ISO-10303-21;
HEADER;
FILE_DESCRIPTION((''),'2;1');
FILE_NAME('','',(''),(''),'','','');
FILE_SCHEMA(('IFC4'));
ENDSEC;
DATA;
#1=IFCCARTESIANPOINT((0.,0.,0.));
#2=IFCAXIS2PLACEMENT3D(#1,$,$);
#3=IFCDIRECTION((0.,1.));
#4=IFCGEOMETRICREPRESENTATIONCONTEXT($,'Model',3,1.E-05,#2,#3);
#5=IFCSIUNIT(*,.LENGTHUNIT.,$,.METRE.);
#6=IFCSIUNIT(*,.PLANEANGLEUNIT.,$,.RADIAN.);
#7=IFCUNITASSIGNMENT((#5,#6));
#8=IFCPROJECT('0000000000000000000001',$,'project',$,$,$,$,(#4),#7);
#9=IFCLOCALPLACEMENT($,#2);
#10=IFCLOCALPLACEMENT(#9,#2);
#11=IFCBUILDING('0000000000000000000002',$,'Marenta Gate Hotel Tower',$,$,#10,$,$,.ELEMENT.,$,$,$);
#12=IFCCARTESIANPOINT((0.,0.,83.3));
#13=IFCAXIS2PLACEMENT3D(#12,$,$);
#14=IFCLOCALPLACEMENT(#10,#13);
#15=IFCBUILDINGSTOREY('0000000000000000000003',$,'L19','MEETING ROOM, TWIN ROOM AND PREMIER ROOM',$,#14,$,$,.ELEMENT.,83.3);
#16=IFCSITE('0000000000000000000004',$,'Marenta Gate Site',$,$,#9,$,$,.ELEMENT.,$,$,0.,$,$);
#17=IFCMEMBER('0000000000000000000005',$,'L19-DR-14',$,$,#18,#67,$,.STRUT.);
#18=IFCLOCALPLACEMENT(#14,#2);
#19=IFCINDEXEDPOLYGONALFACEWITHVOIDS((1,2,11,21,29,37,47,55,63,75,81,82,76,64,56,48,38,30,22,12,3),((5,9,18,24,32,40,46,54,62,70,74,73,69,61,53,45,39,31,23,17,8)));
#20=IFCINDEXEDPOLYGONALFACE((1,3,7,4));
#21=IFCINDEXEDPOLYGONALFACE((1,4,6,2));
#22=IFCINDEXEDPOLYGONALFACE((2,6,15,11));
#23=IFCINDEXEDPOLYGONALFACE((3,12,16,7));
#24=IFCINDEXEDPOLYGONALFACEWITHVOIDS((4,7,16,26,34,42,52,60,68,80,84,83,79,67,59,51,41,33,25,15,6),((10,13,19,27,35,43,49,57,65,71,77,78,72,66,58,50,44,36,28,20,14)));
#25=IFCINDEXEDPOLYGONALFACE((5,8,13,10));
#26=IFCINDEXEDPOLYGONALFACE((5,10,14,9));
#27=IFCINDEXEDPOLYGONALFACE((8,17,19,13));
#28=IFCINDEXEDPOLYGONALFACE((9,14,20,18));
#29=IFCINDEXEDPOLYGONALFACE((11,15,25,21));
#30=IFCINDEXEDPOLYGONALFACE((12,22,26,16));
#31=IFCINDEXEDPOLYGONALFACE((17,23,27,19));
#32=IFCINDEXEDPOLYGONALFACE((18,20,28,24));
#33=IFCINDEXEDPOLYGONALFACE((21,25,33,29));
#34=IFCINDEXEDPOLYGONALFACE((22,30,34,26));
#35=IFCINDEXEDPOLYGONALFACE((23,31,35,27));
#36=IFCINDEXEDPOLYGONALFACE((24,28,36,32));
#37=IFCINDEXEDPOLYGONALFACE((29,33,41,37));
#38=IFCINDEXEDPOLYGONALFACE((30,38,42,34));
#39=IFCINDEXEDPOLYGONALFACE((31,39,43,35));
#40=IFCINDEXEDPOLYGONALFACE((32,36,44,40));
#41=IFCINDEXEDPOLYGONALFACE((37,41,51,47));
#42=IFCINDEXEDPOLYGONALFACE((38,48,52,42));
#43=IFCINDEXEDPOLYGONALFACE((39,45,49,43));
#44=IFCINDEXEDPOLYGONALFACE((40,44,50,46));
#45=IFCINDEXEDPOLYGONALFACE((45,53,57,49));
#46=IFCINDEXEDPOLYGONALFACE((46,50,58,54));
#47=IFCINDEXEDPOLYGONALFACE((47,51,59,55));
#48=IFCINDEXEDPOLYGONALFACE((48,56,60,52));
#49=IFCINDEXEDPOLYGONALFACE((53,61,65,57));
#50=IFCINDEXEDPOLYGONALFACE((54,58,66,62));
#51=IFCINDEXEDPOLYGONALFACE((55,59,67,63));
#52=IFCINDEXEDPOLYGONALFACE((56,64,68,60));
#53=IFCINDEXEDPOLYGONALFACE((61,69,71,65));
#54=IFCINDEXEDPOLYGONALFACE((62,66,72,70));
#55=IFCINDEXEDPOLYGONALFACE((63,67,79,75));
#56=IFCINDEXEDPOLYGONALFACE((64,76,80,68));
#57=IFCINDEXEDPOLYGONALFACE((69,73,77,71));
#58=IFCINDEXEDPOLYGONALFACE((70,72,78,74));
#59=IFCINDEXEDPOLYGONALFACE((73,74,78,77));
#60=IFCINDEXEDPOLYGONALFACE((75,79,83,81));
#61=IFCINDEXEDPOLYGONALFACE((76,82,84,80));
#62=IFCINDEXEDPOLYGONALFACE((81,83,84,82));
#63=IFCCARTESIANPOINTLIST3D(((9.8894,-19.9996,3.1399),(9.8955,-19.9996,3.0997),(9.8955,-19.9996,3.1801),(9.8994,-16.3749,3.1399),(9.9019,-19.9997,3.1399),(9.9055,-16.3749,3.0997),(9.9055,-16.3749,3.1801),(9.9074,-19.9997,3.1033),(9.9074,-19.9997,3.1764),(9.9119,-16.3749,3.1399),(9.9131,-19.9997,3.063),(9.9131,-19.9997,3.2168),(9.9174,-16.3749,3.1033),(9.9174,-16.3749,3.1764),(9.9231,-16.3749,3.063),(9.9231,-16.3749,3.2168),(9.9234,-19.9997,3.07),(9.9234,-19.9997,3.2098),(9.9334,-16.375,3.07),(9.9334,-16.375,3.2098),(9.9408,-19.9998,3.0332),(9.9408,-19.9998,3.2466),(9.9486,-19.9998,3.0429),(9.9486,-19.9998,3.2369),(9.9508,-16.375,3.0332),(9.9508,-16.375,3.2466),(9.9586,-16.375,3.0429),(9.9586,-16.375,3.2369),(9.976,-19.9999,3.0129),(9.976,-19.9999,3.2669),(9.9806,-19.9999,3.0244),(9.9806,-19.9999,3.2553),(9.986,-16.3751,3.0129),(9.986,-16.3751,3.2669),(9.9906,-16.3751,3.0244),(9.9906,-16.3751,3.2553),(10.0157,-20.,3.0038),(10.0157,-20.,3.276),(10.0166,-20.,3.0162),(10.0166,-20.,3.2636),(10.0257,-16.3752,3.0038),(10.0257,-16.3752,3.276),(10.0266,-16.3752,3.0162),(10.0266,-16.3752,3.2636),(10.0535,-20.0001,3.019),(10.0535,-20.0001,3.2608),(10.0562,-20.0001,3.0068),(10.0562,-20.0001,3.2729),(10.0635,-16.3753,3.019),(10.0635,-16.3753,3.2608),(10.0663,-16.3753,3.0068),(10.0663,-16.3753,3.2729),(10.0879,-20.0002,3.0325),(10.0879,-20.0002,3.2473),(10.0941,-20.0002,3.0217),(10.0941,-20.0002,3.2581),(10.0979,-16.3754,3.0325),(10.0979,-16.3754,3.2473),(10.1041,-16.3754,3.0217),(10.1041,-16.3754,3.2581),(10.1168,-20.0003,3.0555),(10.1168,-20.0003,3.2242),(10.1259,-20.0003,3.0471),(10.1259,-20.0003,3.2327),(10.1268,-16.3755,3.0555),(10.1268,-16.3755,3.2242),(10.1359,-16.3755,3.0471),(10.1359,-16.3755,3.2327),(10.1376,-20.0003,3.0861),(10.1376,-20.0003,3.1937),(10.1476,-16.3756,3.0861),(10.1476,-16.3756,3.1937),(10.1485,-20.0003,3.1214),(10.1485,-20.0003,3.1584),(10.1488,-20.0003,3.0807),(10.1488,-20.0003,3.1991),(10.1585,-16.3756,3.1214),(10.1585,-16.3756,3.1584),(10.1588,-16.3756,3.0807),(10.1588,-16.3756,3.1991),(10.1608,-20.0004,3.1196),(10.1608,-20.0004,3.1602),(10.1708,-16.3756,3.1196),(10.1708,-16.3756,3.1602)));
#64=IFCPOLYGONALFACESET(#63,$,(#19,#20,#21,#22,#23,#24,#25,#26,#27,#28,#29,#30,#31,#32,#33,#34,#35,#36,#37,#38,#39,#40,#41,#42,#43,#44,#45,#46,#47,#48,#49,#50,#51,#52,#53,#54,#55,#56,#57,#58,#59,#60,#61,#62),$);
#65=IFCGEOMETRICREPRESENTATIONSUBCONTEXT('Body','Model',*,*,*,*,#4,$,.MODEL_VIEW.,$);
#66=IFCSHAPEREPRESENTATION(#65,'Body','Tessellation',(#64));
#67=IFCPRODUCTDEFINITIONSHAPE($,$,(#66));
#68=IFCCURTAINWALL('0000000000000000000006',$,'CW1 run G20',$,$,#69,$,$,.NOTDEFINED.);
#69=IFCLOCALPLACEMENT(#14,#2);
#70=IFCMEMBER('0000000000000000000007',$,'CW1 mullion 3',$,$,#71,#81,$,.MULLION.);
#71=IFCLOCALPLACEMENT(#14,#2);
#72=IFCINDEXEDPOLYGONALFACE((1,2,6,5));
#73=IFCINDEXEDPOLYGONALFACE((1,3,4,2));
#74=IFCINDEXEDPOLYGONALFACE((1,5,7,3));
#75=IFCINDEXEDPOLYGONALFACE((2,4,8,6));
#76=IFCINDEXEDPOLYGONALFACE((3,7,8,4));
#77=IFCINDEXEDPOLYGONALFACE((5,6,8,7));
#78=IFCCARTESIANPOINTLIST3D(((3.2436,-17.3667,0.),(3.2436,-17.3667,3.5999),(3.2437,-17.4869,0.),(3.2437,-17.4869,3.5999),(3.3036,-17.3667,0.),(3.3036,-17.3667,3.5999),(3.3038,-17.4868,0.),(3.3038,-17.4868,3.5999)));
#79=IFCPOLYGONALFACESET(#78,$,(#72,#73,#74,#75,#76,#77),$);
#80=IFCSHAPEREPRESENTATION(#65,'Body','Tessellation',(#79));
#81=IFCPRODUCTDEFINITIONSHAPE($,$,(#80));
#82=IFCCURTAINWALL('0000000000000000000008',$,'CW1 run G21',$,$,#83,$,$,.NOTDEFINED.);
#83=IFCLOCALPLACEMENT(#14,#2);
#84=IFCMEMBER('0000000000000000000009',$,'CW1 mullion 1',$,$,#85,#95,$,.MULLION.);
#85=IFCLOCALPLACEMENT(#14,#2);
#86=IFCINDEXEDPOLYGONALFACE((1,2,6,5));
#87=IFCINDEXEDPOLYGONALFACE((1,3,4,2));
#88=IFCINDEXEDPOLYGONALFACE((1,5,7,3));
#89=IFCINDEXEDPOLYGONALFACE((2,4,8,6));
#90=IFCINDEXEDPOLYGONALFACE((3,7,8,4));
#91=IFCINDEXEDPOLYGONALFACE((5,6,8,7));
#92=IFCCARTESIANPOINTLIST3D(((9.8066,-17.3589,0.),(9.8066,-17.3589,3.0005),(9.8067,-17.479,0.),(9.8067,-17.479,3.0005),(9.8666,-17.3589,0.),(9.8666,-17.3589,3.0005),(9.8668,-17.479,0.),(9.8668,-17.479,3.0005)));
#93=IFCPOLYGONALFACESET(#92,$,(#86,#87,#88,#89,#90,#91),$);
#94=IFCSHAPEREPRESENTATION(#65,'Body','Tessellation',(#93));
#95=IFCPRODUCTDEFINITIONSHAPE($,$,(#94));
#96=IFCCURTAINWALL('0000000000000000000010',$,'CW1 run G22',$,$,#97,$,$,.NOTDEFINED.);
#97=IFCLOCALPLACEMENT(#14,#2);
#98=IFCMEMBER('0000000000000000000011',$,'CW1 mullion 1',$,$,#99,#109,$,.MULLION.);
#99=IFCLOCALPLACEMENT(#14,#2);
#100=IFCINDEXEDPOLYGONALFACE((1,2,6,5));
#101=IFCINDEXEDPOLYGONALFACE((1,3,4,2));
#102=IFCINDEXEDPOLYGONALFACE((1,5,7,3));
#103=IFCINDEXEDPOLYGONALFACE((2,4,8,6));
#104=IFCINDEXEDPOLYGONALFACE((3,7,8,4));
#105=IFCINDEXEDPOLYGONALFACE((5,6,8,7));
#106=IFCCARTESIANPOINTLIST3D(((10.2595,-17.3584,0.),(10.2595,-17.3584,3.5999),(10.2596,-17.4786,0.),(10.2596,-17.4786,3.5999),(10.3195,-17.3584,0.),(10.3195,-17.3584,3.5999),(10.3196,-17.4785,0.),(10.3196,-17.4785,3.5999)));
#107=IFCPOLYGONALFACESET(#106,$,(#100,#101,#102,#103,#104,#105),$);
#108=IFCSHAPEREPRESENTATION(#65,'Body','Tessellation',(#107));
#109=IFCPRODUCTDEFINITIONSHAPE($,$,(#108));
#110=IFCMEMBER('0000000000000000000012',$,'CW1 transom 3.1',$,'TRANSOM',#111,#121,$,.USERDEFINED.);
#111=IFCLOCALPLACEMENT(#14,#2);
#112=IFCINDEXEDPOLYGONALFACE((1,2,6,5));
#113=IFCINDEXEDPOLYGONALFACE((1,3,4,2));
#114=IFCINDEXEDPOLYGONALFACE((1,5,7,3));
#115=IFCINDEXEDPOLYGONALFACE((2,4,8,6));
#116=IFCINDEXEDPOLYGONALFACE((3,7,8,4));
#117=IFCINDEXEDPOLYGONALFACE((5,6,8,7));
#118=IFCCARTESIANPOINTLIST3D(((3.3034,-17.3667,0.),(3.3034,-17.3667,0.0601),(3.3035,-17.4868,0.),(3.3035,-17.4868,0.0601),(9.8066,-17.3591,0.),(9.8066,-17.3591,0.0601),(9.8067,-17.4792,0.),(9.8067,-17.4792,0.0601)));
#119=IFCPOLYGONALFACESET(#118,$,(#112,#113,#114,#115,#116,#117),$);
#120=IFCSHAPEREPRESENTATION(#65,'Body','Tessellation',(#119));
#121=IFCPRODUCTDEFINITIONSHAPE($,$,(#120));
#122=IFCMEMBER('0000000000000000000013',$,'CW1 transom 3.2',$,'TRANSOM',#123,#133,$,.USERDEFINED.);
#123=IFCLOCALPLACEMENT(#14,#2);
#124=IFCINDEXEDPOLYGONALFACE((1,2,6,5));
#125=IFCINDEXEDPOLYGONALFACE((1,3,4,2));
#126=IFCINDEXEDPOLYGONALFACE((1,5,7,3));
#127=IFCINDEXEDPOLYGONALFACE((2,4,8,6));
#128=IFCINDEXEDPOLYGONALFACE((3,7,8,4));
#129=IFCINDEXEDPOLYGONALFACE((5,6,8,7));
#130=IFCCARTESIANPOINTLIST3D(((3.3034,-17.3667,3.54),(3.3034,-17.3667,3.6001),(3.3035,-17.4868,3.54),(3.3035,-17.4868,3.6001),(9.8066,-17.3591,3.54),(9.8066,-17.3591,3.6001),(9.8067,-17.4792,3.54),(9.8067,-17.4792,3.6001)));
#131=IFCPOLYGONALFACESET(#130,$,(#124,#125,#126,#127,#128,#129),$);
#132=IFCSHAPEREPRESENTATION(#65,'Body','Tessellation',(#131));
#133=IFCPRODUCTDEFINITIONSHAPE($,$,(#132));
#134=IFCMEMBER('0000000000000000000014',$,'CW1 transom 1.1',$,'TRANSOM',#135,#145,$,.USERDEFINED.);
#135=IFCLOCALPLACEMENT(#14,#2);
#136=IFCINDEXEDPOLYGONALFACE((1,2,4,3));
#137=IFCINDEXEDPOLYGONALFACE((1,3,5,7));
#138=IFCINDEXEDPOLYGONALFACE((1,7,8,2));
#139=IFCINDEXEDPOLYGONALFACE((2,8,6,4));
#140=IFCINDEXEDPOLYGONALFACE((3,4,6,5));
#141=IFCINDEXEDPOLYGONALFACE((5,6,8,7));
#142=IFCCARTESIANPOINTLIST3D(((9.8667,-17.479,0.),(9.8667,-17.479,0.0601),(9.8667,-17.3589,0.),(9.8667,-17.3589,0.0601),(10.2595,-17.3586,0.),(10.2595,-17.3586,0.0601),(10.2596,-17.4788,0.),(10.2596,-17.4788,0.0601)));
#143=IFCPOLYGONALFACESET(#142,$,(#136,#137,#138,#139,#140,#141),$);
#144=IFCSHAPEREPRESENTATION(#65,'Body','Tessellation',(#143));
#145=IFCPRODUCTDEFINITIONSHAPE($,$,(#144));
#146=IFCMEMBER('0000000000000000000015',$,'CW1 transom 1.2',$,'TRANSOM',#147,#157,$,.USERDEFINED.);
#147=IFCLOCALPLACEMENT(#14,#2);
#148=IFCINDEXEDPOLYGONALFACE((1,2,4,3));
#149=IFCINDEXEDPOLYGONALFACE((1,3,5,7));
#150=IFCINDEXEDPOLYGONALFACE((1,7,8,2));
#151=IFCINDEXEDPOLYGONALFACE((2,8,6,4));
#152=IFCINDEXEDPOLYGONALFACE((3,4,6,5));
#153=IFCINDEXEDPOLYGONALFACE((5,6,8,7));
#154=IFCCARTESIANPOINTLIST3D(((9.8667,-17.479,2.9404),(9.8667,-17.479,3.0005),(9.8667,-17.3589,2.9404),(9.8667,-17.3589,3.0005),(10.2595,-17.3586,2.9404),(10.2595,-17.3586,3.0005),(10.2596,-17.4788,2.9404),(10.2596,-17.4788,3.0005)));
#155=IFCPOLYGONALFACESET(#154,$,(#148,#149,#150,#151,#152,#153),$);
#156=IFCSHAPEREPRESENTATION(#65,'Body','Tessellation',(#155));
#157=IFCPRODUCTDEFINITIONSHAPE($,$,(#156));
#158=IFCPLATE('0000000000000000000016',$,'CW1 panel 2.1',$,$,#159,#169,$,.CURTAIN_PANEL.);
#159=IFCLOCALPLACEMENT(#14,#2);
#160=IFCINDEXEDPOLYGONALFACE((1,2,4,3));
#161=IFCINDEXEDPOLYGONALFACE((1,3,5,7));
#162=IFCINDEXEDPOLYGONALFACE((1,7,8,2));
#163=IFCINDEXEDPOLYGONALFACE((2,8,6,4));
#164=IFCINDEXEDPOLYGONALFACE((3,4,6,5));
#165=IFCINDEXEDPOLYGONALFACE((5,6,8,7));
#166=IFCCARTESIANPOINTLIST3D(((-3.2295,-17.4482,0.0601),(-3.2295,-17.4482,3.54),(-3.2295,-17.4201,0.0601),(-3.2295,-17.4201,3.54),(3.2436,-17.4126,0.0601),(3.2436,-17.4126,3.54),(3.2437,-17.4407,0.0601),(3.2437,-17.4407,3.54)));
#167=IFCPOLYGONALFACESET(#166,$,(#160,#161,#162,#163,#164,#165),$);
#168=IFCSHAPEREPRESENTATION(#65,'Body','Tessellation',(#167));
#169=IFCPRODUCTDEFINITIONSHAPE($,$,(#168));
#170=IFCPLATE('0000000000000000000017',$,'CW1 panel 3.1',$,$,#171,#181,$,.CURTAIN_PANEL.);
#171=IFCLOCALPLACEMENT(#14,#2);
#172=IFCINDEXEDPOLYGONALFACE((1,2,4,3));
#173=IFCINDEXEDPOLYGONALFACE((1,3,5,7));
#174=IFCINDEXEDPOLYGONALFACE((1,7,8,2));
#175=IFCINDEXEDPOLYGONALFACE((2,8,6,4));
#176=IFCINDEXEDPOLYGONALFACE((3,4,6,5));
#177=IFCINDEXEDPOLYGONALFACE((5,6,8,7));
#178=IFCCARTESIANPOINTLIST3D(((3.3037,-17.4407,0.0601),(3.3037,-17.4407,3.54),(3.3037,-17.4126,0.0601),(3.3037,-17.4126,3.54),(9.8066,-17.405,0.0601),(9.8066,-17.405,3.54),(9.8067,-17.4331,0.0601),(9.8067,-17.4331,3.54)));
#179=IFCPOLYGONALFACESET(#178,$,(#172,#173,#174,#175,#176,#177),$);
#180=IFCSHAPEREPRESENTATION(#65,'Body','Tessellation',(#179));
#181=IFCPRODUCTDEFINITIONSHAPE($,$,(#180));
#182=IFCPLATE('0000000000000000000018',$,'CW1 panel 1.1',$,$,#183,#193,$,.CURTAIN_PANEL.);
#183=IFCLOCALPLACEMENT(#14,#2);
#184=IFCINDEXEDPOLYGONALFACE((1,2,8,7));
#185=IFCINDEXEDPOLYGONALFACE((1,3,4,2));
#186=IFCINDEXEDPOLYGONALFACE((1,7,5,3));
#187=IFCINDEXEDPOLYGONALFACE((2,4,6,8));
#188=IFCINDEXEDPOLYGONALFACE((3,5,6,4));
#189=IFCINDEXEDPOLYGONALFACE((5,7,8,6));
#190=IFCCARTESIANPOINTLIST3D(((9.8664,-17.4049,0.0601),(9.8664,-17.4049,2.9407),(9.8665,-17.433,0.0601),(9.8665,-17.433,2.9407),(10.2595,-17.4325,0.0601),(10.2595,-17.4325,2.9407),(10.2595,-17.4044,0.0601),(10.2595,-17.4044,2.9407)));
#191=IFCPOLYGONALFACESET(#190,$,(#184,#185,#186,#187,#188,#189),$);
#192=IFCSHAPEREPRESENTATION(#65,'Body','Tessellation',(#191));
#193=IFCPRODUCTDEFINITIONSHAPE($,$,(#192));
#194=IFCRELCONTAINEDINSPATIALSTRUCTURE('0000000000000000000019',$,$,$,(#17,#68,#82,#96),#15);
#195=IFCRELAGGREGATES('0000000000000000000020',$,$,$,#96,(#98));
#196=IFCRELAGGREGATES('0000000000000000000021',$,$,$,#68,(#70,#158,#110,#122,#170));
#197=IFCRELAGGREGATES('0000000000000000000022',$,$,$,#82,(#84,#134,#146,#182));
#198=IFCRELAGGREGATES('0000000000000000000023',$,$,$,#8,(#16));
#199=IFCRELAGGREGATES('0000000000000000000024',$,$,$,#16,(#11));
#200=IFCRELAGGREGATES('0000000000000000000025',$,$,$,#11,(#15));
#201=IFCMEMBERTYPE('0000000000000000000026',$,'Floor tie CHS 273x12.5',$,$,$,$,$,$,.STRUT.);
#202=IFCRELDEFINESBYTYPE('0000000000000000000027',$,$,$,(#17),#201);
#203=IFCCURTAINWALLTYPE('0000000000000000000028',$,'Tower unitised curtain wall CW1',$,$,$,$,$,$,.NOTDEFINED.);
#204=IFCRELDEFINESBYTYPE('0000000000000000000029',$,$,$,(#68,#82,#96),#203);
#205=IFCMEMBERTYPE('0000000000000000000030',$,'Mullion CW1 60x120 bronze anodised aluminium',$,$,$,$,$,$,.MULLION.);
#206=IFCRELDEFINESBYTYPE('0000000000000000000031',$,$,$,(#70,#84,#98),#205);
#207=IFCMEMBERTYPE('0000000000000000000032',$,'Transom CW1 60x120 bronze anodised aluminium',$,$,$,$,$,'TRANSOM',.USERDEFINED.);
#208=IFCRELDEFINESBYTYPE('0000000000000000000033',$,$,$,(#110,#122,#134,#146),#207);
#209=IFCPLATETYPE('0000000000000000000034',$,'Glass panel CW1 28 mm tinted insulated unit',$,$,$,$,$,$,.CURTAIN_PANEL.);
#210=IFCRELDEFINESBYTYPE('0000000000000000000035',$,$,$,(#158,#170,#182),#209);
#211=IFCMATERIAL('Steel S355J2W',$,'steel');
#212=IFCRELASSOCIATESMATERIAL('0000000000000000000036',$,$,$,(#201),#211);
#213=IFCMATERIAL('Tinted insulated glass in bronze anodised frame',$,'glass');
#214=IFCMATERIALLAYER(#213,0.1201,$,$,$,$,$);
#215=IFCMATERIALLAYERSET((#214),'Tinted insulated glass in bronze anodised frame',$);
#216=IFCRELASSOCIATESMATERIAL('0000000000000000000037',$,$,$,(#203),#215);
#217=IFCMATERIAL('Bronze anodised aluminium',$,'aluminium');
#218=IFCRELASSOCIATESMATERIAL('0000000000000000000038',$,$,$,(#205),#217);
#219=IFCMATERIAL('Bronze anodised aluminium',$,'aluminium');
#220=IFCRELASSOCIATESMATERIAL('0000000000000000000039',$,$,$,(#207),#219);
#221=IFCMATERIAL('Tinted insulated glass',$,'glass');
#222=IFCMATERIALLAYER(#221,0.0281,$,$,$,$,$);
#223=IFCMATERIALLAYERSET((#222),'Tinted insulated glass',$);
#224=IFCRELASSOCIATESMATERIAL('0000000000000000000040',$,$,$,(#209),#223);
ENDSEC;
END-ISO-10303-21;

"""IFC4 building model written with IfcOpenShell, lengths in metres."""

from ifc_helpers import new_model, si_unit, direction, frame, origin, origin_2d, place, context, subcontext, project, spatial, rectangle, hollow_circle, extrude, material, layer, layer_set, material_profile, profile_set, type_object, element, aggregate, save


model = new_model("IFC4")

# Units and contexts
model_context = context("Model", 3, precision=1e-05, world=origin(), true_north=direction((0.0, 1.0)))
body_context = subcontext(model_context, "Body", "Model", "MODEL_VIEW")
ifc_project = project(units=[si_unit("LENGTHUNIT", "METRE"), si_unit("PLANEANGLEUNIT", "RADIAN")], contexts=[model_context])

# Site, building, storey
site_placement = place(None, origin())
site = spatial("IfcSite", under=ifc_project, at=site_placement, Name="Marenta Gate Site", CompositionType="ELEMENT", RefElevation=0.0)
building_placement = place(site_placement, origin())
building = spatial("IfcBuilding", under=site, at=building_placement, Name="Marenta Gate Hotel Tower", CompositionType="ELEMENT")
storey_placement = place(building_placement, frame((0.0, 0.0, 83.3)))
storey = spatial("IfcBuildingStorey", under=building, at=storey_placement, Name="L19", Description="MEETING ROOM, TWIN ROOM AND PREMIER ROOM", CompositionType="ELEMENT", Elevation=83.3)

# Member
ifc_material_1 = material(Name="Steel S355J2W", Category="steel")
ifc_material_profile_1 = material_profile(ifc_material_1, hollow_circle(Radius=0.1365, WallThickness=0.0125, at=origin_2d()), Name="CHS 273x12.5")
ifc_profile_set_1 = profile_set([ifc_material_profile_1], Name="Steel S355J2W")
member_type_1 = type_object("IfcMemberType", Name="Floor tie CHS 273x12.5", PredefinedType="STRUT", material=ifc_profile_set_1)
member_1_placement = place(storey_placement, frame((10.0259, -20.0, 3.1399), z_axis=(0.002761, 0.999996, 0.0), x_axis=(-0.999996, 0.002761, 0.0)))
element("IfcMember", 1, at=member_1_placement, inside=storey, type_object=member_type_1, Name="L19-DR-14", PredefinedType="STRUT", context=body_context, shape_type="SweptSolid", body=[
    extrude(hollow_circle(Radius=0.1365, WallThickness=0.0125, at=origin_2d()), origin(), (0.0, 0.0, 1.0), 3.6248),
])

# Curtain walls, members
ifc_material_2 = material(Name="Tinted insulated glass in bronze anodised frame", Category="glass")
ifc_layer_1 = layer(ifc_material_2, 0.1201)
ifc_layer_set_1 = layer_set([ifc_layer_1], Name="Tinted insulated glass in bronze anodised frame")
curtain_wall_type = type_object("IfcCurtainWallType", Name="Tower unitised curtain wall CW1", PredefinedType="NOTDEFINED", material=ifc_layer_set_1)
curtain_wall_1_placement = place(storey_placement, origin())
curtain_wall_1 = element("IfcCurtainWall", 2, at=curtain_wall_1_placement, inside=storey, type_object=curtain_wall_type, Name="CW1 run G20", PredefinedType="NOTDEFINED")
ifc_material_3 = material(Name="Bronze anodised aluminium", Category="aluminium")
ifc_material_profile_2 = material_profile(ifc_material_3, rectangle(XDim=0.1201, YDim=0.0601, at=origin_2d()), Name="Mullion CW1 60x120 bronze anodised aluminium")
ifc_profile_set_2 = profile_set([ifc_material_profile_2], Name="Bronze anodised aluminium")
member_type_2 = type_object("IfcMemberType", Name="Mullion CW1 60x120 bronze anodised aluminium", PredefinedType="MULLION", material=ifc_profile_set_2)
member_2_placement = place(storey_placement, frame((3.2737, -17.4268, 0.0), z_axis=(0.0, 0.0, 1.0), x_axis=(-0.001163, 0.999999, 0.0)))
member_2 = element("IfcMember", 3, at=member_2_placement, type_object=member_type_2, Name="CW1 mullion 3", PredefinedType="MULLION", context=body_context, shape_type="SweptSolid", body=[
    extrude(rectangle(XDim=0.1201, YDim=0.0601, at=origin_2d()), origin(), (0.0, 0.0, 1.0), 3.5999),
])
curtain_wall_2_placement = place(storey_placement, origin())
curtain_wall_2 = element("IfcCurtainWall", 4, at=curtain_wall_2_placement, inside=storey, type_object=curtain_wall_type, Name="CW1 run G21", PredefinedType="NOTDEFINED")
member_3_placement = place(storey_placement, frame((9.8367, -17.4189, 0.0), z_axis=(0.0, 0.0, 1.0), x_axis=(-0.001104, 0.999999, 0.0)))
member_3 = element("IfcMember", 5, at=member_3_placement, type_object=member_type_2, Name="CW1 mullion 1", PredefinedType="MULLION", context=body_context, shape_type="SweptSolid", body=[
    extrude(rectangle(XDim=0.1201, YDim=0.0601, at=origin_2d()), origin(), (0.0, 0.0, 1.0), 3.0005),
])
curtain_wall_3_placement = place(storey_placement, origin())
curtain_wall_3 = element("IfcCurtainWall", 6, at=curtain_wall_3_placement, inside=storey, type_object=curtain_wall_type, Name="CW1 run G22", PredefinedType="NOTDEFINED")
member_4_placement = place(storey_placement, frame((10.2896, -17.4185, 0.0), z_axis=(0.0, 0.0, 1.0), x_axis=(-0.001162, 0.999999, 0.0)))
member_4 = element("IfcMember", 7, at=member_4_placement, type_object=member_type_2, Name="CW1 mullion 1", PredefinedType="MULLION", context=body_context, shape_type="SweptSolid", body=[
    extrude(rectangle(XDim=0.1201, YDim=0.0601, at=origin_2d()), origin(), (0.0, 0.0, 1.0), 3.5999),
])
aggregate(curtain_wall_3, [member_4])

# Members
ifc_material_4 = material(Name="Bronze anodised aluminium", Category="aluminium")
ifc_material_profile_3 = material_profile(ifc_material_4, rectangle(XDim=0.1201, YDim=0.0601, at=origin_2d()), Name="Transom CW1 60x120 bronze anodised aluminium")
ifc_profile_set_3 = profile_set([ifc_material_profile_3], Name="Bronze anodised aluminium")
member_type_3 = type_object("IfcMemberType", Name="Transom CW1 60x120 bronze anodised aluminium", ElementType="TRANSOM", PredefinedType="USERDEFINED", material=ifc_profile_set_3)
member_5_placement = place(storey_placement, frame((3.3035, -17.4268, 0.03), z_axis=(0.999999, 0.001164, 0.0), x_axis=(-0.001164, 0.999999, 0.0)))
member_5 = element("IfcMember", 8, at=member_5_placement, type_object=member_type_3, Name="CW1 transom 3.1", ObjectType="TRANSOM", PredefinedType="USERDEFINED", context=body_context, shape_type="SweptSolid", body=[
    extrude(rectangle(XDim=0.1201, YDim=0.0601, at=origin_2d()), origin(), (0.0, 0.0, 1.0), 6.5032),
])
member_6_placement = place(storey_placement, frame((3.3035, -17.4268, 3.5701), z_axis=(0.999999, 0.001164, 0.0), x_axis=(-0.001164, 0.999999, 0.0)))
member_6 = element("IfcMember", 9, at=member_6_placement, type_object=member_type_3, Name="CW1 transom 3.2", ObjectType="TRANSOM", PredefinedType="USERDEFINED", context=body_context, shape_type="SweptSolid", body=[
    extrude(rectangle(XDim=0.1201, YDim=0.0601, at=origin_2d()), origin(), (0.0, 0.0, 1.0), 6.5032),
])
member_7_placement = place(storey_placement, frame((9.8667, -17.4189, 0.03), z_axis=(1.0, 0.000622, 0.0), x_axis=(-0.000622, 1.0, 0.0)))
member_7 = element("IfcMember", 10, at=member_7_placement, type_object=member_type_3, Name="CW1 transom 1.1", ObjectType="TRANSOM", PredefinedType="USERDEFINED", context=body_context, shape_type="SweptSolid", body=[
    extrude(rectangle(XDim=0.1201, YDim=0.0601, at=origin_2d()), origin(), (0.0, 0.0, 1.0), 0.3928),
])
member_8_placement = place(storey_placement, frame((9.8667, -17.4189, 2.9705), z_axis=(1.0, 0.000622, 0.0), x_axis=(-0.000622, 1.0, 0.0)))
member_8 = element("IfcMember", 11, at=member_8_placement, type_object=member_type_3, Name="CW1 transom 1.2", ObjectType="TRANSOM", PredefinedType="USERDEFINED", context=body_context, shape_type="SweptSolid", body=[
    extrude(rectangle(XDim=0.1201, YDim=0.0601, at=origin_2d()), origin(), (0.0, 0.0, 1.0), 0.3928),
])

# Plates
ifc_material_5 = material(Name="Tinted insulated glass", Category="glass")
ifc_layer_2 = layer(ifc_material_5, 0.0281)
ifc_layer_set_2 = layer_set([ifc_layer_2], Name="Tinted insulated glass")
plate_type = type_object("IfcPlateType", Name="Glass panel CW1 28 mm tinted insulated unit", PredefinedType="CURTAIN_PANEL", material=ifc_layer_set_2)
plate_1_placement = place(storey_placement, frame((0.0071, -17.4304, 0.0601), z_axis=(0.0, 0.0, 1.0), x_axis=(0.999999, 0.001163, 0.0)))
plate_1 = element("IfcPlate", 12, at=plate_1_placement, type_object=plate_type, Name="CW1 panel 2.1", PredefinedType="CURTAIN_PANEL", context=body_context, shape_type="SweptSolid", body=[
    extrude(rectangle(XDim=6.4731, YDim=0.0281, at=origin_2d()), origin(), (0.0, 0.0, 1.0), 3.48),
])
plate_2_placement = place(storey_placement, frame((6.5552, -17.4229, 0.0601), z_axis=(0.0, 0.0, 1.0), x_axis=(0.999999, 0.001163, 0.0)))
plate_2 = element("IfcPlate", 13, at=plate_2_placement, type_object=plate_type, Name="CW1 panel 3.1", PredefinedType="CURTAIN_PANEL", context=body_context, shape_type="SweptSolid", body=[
    extrude(rectangle(XDim=6.5029, YDim=0.0281, at=origin_2d()), origin(), (0.0, 0.0, 1.0), 3.48),
])
aggregate(curtain_wall_1, [member_2, plate_1, member_5, member_6, plate_2])
plate_3_placement = place(storey_placement, frame((10.063, -17.4187, 0.0601), z_axis=(0.0, 0.0, 1.0), x_axis=(0.999999, 0.001104, 0.0)))
plate_3 = element("IfcPlate", 14, at=plate_3_placement, type_object=plate_type, Name="CW1 panel 1.1", PredefinedType="CURTAIN_PANEL", context=body_context, shape_type="SweptSolid", body=[
    extrude(rectangle(XDim=0.3931, YDim=0.0281, at=origin_2d()), origin(), (0.0, 0.0, 1.0), 2.8806),
])
aggregate(curtain_wall_2, [member_3, member_7, member_8, plate_3])

save(model, "model.ifc")
